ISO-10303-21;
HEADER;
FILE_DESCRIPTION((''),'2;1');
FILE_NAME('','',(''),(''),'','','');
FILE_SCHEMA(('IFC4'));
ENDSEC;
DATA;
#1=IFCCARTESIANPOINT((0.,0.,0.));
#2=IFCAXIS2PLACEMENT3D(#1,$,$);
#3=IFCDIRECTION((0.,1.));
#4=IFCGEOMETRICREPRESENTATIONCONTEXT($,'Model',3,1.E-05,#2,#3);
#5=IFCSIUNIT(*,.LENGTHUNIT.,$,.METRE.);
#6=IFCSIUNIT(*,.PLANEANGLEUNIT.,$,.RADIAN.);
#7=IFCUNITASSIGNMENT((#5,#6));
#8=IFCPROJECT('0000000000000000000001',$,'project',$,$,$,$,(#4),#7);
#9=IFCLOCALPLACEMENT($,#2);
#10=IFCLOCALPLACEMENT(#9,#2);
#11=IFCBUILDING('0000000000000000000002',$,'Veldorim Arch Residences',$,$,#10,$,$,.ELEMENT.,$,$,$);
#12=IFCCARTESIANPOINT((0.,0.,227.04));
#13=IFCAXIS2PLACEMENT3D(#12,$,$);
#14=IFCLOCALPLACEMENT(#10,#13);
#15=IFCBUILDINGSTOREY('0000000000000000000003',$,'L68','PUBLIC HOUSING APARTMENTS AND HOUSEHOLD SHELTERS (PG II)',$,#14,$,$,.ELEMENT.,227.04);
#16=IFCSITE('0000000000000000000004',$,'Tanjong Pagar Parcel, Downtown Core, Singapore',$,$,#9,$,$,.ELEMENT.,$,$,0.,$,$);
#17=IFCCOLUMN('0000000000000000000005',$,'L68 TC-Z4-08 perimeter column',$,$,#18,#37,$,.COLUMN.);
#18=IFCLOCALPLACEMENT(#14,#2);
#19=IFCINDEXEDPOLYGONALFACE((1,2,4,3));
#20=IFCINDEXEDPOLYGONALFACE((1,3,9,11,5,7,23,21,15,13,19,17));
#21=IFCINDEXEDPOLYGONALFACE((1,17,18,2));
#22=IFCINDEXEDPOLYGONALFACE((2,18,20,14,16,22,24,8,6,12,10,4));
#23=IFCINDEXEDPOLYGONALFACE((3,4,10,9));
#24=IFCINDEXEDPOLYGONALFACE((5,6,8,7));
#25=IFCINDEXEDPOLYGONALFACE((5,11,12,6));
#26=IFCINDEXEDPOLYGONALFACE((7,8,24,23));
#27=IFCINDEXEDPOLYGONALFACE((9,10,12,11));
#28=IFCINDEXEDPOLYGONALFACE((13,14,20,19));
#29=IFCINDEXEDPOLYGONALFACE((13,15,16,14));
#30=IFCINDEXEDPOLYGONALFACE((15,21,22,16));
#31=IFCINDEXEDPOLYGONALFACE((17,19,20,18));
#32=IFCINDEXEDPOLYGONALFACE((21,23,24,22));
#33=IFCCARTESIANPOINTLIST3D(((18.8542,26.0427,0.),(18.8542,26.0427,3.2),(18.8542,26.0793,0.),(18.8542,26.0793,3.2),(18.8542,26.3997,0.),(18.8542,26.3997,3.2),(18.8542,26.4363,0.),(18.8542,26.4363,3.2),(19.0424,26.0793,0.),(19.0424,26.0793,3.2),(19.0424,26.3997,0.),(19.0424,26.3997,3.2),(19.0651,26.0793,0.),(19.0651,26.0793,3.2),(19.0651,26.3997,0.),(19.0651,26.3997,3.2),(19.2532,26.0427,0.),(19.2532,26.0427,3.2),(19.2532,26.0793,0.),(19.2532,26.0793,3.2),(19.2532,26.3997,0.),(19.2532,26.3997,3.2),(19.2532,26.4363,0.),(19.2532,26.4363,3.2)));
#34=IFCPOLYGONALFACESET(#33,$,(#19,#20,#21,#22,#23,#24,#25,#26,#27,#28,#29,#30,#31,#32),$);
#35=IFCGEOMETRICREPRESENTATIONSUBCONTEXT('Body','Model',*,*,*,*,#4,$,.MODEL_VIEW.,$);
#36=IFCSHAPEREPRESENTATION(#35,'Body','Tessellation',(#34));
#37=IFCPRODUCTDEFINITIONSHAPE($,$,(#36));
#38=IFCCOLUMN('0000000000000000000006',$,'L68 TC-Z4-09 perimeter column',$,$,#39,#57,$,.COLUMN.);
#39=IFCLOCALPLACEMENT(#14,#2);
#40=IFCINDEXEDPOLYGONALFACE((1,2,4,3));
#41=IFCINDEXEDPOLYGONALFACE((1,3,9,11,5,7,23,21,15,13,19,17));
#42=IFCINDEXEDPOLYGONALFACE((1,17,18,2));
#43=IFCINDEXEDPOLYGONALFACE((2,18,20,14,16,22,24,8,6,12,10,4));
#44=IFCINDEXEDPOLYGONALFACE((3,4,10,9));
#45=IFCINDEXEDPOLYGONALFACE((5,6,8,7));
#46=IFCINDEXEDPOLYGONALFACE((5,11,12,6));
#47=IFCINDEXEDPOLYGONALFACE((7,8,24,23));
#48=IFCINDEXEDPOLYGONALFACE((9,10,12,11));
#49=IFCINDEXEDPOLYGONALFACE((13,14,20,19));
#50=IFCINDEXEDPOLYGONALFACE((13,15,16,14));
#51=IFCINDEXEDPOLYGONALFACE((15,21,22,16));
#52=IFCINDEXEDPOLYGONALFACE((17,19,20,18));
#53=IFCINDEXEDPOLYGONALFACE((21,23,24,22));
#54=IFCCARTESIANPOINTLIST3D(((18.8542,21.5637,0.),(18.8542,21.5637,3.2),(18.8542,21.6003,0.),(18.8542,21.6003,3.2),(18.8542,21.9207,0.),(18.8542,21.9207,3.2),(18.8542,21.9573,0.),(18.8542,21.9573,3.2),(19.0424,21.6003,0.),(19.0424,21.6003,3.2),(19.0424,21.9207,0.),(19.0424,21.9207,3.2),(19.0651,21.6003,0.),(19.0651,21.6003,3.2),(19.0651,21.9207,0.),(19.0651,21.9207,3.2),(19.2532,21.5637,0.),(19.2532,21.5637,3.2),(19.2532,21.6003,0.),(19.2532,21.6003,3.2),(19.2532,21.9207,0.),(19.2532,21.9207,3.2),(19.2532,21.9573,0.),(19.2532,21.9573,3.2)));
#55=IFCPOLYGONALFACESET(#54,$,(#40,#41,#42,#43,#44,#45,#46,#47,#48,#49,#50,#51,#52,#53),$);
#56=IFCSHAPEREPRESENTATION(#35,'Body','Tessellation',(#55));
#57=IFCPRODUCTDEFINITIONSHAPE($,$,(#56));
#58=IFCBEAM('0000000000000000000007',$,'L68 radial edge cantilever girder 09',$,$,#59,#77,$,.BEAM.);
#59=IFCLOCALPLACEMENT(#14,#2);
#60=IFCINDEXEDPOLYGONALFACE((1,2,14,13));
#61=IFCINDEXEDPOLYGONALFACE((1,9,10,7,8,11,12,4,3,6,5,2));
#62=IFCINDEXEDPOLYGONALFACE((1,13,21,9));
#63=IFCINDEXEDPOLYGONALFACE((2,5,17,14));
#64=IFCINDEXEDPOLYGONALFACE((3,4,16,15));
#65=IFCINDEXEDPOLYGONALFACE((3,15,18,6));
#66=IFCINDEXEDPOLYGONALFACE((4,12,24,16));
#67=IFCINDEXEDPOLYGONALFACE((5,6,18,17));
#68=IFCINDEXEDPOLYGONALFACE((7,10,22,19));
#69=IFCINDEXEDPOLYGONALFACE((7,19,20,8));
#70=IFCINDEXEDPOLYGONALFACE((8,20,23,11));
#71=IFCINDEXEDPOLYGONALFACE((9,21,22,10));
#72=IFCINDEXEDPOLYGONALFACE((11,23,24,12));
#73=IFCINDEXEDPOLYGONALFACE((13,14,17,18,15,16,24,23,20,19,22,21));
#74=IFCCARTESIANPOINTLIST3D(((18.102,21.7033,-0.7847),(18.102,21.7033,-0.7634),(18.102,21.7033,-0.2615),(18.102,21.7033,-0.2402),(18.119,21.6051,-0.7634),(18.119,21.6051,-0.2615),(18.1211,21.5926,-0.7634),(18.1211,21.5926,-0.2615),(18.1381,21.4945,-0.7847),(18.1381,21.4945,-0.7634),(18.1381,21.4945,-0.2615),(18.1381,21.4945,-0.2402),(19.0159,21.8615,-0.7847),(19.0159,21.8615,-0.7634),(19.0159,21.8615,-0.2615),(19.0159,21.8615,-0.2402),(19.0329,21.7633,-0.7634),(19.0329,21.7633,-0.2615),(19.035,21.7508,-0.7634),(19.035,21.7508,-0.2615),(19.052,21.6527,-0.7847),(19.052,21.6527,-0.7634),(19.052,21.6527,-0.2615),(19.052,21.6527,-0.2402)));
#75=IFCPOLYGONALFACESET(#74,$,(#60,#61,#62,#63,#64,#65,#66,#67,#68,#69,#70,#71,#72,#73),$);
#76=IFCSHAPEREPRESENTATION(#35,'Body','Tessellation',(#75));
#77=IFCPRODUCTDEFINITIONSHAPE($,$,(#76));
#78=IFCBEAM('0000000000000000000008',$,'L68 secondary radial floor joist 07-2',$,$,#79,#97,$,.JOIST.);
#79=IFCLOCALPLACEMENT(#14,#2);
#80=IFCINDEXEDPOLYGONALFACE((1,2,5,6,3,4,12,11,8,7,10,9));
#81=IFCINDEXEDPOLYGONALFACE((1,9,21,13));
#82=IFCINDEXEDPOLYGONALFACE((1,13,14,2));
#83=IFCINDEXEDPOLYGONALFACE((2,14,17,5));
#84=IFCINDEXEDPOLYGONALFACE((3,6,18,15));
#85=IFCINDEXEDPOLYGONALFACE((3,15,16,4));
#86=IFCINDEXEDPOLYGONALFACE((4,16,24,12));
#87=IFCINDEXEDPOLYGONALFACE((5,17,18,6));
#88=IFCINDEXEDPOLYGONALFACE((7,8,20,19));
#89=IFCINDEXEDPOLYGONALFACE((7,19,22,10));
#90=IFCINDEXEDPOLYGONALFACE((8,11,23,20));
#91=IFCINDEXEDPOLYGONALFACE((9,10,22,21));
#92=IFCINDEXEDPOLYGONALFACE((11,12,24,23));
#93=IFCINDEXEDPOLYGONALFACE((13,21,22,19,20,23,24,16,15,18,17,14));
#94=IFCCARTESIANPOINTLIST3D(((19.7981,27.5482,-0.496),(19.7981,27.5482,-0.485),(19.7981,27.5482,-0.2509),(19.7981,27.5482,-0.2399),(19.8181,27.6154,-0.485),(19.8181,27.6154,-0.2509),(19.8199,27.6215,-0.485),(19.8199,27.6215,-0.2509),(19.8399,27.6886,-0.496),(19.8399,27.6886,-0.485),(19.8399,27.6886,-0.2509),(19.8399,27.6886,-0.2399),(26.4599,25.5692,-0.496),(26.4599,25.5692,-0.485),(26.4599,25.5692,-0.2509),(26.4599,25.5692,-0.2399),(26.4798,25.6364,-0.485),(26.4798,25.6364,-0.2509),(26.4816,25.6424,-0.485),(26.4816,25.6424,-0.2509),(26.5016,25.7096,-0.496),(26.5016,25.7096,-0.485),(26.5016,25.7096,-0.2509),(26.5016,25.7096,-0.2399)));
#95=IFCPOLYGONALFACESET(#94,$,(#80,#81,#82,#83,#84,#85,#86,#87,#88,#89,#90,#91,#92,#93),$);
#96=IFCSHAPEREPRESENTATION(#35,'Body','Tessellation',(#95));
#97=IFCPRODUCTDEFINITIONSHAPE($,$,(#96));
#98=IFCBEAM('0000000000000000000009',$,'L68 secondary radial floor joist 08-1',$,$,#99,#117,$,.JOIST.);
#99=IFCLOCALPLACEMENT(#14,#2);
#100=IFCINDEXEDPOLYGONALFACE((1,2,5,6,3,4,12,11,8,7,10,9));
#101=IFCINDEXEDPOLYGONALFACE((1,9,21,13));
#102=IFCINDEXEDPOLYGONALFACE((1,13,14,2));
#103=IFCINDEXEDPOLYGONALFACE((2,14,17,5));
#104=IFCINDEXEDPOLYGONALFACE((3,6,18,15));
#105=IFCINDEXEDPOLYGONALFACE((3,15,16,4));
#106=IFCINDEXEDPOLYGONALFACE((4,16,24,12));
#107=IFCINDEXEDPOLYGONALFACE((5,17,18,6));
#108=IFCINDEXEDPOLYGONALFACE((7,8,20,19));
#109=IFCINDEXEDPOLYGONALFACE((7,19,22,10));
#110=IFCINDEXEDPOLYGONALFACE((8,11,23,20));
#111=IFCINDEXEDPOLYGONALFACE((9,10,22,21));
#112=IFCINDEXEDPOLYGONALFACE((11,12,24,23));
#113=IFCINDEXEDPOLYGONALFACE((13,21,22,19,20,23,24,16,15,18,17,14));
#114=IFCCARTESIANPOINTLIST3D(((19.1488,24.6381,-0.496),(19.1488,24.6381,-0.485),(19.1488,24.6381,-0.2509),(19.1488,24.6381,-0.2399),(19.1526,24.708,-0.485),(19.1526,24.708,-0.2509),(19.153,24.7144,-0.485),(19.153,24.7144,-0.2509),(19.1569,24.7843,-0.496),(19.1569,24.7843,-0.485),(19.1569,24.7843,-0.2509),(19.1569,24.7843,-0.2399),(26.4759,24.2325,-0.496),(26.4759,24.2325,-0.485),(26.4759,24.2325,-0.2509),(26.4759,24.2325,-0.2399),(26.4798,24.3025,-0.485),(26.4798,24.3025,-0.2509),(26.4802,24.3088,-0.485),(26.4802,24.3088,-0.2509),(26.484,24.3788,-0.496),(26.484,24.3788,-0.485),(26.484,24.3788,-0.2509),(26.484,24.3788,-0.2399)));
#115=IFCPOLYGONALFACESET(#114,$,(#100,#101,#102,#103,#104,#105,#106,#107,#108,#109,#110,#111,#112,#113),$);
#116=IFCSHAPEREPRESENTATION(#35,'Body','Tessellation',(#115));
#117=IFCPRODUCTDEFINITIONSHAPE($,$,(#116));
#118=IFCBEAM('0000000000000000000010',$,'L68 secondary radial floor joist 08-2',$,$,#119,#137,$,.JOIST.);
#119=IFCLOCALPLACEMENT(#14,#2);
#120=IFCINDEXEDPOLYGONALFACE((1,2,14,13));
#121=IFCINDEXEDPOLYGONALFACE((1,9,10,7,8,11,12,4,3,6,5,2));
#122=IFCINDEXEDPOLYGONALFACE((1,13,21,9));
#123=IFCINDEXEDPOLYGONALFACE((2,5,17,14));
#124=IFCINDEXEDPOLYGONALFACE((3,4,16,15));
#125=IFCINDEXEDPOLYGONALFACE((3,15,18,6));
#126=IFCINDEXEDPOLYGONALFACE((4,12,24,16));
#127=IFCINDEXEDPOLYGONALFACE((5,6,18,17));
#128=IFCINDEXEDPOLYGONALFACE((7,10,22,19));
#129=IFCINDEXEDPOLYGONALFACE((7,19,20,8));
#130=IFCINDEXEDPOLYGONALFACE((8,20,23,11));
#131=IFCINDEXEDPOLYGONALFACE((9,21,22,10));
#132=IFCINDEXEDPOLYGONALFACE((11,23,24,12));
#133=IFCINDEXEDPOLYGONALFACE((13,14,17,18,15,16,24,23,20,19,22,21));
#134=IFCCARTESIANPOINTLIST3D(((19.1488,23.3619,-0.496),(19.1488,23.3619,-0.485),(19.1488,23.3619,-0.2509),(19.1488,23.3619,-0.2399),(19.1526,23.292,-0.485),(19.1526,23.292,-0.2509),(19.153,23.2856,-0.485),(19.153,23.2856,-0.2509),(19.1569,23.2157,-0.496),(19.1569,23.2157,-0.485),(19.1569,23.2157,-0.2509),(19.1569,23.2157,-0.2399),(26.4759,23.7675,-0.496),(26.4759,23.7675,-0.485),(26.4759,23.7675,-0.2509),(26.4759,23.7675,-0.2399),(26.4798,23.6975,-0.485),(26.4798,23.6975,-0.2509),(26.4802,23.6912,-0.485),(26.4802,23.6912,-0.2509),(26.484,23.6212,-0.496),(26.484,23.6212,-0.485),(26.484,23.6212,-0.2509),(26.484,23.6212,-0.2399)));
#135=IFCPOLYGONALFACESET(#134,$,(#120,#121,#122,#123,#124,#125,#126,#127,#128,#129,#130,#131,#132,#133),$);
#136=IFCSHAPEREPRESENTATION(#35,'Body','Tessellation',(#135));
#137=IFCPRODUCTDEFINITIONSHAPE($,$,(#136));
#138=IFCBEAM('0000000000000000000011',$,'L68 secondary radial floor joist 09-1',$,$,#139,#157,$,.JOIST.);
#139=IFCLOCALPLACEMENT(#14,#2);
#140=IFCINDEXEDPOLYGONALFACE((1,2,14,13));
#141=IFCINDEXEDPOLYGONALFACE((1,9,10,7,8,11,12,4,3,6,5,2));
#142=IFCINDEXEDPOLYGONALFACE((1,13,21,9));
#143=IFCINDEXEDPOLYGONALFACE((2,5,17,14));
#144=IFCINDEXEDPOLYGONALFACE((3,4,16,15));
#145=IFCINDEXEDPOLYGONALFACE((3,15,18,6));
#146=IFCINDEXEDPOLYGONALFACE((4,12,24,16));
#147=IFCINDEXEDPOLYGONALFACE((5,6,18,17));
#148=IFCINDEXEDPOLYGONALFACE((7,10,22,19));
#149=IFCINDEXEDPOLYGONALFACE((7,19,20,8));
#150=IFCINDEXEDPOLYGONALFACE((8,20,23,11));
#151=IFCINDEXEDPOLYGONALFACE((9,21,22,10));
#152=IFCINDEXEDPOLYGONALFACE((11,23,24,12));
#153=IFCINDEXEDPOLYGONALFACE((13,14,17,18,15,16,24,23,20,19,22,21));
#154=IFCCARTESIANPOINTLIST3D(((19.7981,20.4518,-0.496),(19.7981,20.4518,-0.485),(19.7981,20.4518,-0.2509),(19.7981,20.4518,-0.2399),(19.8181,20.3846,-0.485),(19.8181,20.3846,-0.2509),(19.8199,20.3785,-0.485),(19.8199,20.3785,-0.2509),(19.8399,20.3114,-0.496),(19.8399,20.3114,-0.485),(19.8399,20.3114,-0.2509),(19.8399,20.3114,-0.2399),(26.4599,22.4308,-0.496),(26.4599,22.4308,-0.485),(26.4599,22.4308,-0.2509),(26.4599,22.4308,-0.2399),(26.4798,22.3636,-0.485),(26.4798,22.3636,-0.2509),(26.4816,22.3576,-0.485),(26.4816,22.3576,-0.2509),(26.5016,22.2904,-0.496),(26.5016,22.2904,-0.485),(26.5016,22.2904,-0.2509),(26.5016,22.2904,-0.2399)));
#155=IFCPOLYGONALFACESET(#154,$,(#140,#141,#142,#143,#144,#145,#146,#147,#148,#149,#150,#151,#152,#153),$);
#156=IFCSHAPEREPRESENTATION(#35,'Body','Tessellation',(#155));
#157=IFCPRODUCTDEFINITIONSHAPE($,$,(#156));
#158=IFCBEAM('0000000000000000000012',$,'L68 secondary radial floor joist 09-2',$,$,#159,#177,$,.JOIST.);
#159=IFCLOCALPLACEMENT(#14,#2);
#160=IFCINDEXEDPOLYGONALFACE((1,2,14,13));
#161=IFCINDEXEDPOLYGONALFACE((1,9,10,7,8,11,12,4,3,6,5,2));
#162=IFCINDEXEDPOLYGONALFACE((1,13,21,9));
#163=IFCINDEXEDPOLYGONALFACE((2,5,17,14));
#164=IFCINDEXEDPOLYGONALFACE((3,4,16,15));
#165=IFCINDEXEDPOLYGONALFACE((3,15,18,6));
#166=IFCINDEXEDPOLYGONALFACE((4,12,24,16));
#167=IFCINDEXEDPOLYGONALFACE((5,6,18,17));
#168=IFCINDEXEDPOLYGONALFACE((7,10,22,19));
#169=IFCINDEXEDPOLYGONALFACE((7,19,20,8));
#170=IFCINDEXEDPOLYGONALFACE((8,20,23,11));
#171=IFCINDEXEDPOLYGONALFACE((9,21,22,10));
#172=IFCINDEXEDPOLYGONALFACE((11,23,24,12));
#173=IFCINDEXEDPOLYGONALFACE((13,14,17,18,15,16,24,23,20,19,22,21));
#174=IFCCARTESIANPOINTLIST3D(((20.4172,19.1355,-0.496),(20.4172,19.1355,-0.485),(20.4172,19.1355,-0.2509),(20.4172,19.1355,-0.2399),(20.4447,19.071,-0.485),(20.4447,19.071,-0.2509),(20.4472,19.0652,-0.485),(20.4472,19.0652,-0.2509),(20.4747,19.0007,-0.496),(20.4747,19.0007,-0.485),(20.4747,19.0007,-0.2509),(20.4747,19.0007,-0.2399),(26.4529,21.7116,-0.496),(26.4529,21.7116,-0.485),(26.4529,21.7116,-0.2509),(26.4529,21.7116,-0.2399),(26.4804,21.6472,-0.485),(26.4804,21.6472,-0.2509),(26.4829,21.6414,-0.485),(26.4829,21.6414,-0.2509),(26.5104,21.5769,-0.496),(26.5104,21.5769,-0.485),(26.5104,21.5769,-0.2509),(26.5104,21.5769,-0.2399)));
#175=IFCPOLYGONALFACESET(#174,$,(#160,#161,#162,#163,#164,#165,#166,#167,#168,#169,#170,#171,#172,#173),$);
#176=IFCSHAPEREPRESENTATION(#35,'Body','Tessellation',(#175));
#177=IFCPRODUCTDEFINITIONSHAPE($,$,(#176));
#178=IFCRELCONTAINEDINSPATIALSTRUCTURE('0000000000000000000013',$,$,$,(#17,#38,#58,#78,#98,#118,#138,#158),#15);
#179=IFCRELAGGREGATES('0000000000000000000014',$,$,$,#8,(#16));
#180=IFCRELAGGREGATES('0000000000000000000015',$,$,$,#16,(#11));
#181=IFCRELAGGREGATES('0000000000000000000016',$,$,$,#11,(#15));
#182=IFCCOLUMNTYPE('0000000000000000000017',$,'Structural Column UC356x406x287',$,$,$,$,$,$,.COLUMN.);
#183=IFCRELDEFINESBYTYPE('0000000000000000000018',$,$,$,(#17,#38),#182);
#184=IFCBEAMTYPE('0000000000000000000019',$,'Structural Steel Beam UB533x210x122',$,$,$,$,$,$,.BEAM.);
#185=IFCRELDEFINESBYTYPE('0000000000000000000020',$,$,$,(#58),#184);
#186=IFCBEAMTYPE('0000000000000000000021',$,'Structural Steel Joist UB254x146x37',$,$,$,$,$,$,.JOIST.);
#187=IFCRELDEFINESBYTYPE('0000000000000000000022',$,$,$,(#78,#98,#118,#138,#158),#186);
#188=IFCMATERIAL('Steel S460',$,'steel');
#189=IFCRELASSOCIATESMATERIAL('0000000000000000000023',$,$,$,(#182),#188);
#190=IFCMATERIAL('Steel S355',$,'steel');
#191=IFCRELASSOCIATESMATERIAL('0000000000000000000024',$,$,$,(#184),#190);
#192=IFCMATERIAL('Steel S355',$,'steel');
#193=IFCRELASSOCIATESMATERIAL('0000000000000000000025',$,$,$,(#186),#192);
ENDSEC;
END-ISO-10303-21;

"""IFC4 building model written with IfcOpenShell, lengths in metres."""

from ifc_helpers import new_model, si_unit, direction, frame, origin, origin_2d, place, context, subcontext, project, spatial, i_section, extrude, material, material_profile, profile_set, type_object, element, save


model = new_model("IFC4")

# Units and contexts
model_context = context("Model", 3, precision=1e-05, world=origin(), true_north=direction((0.0, 1.0)))
body_context = subcontext(model_context, "Body", "Model", "MODEL_VIEW")
ifc_project = project(units=[si_unit("LENGTHUNIT", "METRE"), si_unit("PLANEANGLEUNIT", "RADIAN")], contexts=[model_context])

# Site, building, storey
site_placement = place(None, origin())
site = spatial("IfcSite", under=ifc_project, at=site_placement, Name="Tanjong Pagar Parcel, Downtown Core, Singapore", CompositionType="ELEMENT", RefElevation=0.0)
building_placement = place(site_placement, origin())
building = spatial("IfcBuilding", under=site, at=building_placement, Name="Veldorim Arch Residences", CompositionType="ELEMENT")
storey_placement = place(building_placement, frame((0.0, 0.0, 227.04)))
storey = spatial("IfcBuildingStorey", under=building, at=storey_placement, Name="L68", Description="PUBLIC HOUSING APARTMENTS AND HOUSEHOLD SHELTERS (PG II)", CompositionType="ELEMENT", Elevation=227.04)

# Columns
ifc_material_1 = material(Name="Steel S460", Category="steel")
ifc_material_profile_1 = material_profile(ifc_material_1, i_section(OverallWidth=0.3989, OverallDepth=0.3936, WebThickness=0.0227, FlangeThickness=0.0366, at=origin_2d()), Name="UC356x406x287")
ifc_profile_set_1 = profile_set([ifc_material_profile_1], Name="Steel S460")
column_type = type_object("IfcColumnType", Name="Structural Column UC356x406x287", PredefinedType="COLUMN", material=ifc_profile_set_1)
for number, where, z_axis, x_axis, name in (
    (1, (19.0537, 26.2395, 0.0), (0.0, 0.0, 1.0), (1.0, 0.0, 0.0), "L68 TC-Z4-08 perimeter column"),
    (2, (19.0537, 21.7605, 0.0), (0.0, 0.0, 1.0), (1.0, 0.0, 0.0), "L68 TC-Z4-09 perimeter column"),
):
    element("IfcColumn", number, at=place(storey_placement, frame(where, z_axis=z_axis, x_axis=x_axis)), inside=storey, type_object=column_type, Name=name, PredefinedType="COLUMN", context=body_context, shape_type="SweptSolid", body=[
        extrude(i_section(OverallWidth=0.3989, OverallDepth=0.3936, WebThickness=0.0227, FlangeThickness=0.0366, at=origin_2d()), origin(), (0.0, 0.0, 1.0), 3.2),
    ])

# Beams
ifc_material_2 = material(Name="Steel S355", Category="steel")
ifc_material_profile_2 = material_profile(ifc_material_2, i_section(OverallWidth=0.2119, OverallDepth=0.5444, WebThickness=0.0127, FlangeThickness=0.0212, at=origin_2d()), Name="UB533x210x122")
ifc_profile_set_2 = profile_set([ifc_material_profile_2], Name="Steel S355")
beam_type_1 = type_object("IfcBeamType", Name="Structural Steel Beam UB533x210x122", PredefinedType="BEAM", material=ifc_profile_set_2)
beam_1_placement = place(storey_placement, frame((19.0339, 21.7571, -0.5125), z_axis=(-0.985343, -0.170586, 0.0), x_axis=(0.170586, -0.985343, 0.0)))
element("IfcBeam", 3, at=beam_1_placement, inside=storey, type_object=beam_type_1, Name="L68 radial edge cantilever girder 09", PredefinedType="BEAM", context=body_context, shape_type="SweptSolid", body=[
    extrude(i_section(OverallWidth=0.2119, OverallDepth=0.5444, WebThickness=0.0127, FlangeThickness=0.0212, at=origin_2d()), origin(), (0.0, 0.0, 1.0), 0.9275),
])
ifc_material_3 = material(Name="Steel S355", Category="steel")
ifc_material_profile_3 = material_profile(ifc_material_3, i_section(OverallWidth=0.1465, OverallDepth=0.2561, WebThickness=0.0063, FlangeThickness=0.011, at=origin_2d()), Name="UB254x146x37")
ifc_profile_set_3 = profile_set([ifc_material_profile_3], Name="Steel S355")
beam_type_2 = type_object("IfcBeamType", Name="Structural Steel Joist UB254x146x37", PredefinedType="JOIST", material=ifc_profile_set_3)
beam_2_placement = place(storey_placement, frame((26.4807, 25.6394, -0.3679), z_axis=(-0.958594, 0.284775, 0.0), x_axis=(-0.284775, -0.958594, 0.0)))
element("IfcBeam", 4, at=beam_2_placement, inside=storey, type_object=beam_type_2, Name="L68 secondary radial floor joist 07-2", PredefinedType="JOIST", context=body_context, shape_type="SweptSolid", body=[
    extrude(i_section(OverallWidth=0.1465, OverallDepth=0.2561, WebThickness=0.0063, FlangeThickness=0.011, at=origin_2d()), origin(), (0.0, 0.0, 1.0), 6.9495),
])
for number, where, z_axis, x_axis, name in (
    (5, (26.48, 24.3057, -0.3679), (-0.998472, 0.05526, 0.0), (-0.05526, -0.998472, 0.0), "L68 secondary radial floor joist 08-1"),
    (6, (26.48, 23.6943, -0.3679), (-0.998472, -0.05526, 0.0), (0.05526, -0.998472, 0.0), "L68 secondary radial floor joist 08-2"),
):
    element("IfcBeam", number, at=place(storey_placement, frame(where, z_axis=z_axis, x_axis=x_axis)), inside=storey, type_object=beam_type_2, Name=name, PredefinedType="JOIST", context=body_context, shape_type="SweptSolid", body=[
        extrude(i_section(OverallWidth=0.1465, OverallDepth=0.2561, WebThickness=0.0063, FlangeThickness=0.011, at=origin_2d()), origin(), (0.0, 0.0, 1.0), 7.3384),
    ])
beam_3_placement = place(storey_placement, frame((26.4807, 22.3606, -0.3679), z_axis=(-0.958594, -0.284775, 0.0), x_axis=(0.284775, -0.958594, 0.0)))
element("IfcBeam", 7, at=beam_3_placement, inside=storey, type_object=beam_type_2, Name="L68 secondary radial floor joist 09-1", PredefinedType="JOIST", context=body_context, shape_type="SweptSolid", body=[
    extrude(i_section(OverallWidth=0.1465, OverallDepth=0.2561, WebThickness=0.0063, FlangeThickness=0.011, at=origin_2d()), origin(), (0.0, 0.0, 1.0), 6.9495),
])
beam_4_placement = place(storey_placement, frame((26.4817, 21.6443, -0.3679), z_axis=(-0.919725, -0.392563, 0.0), x_axis=(0.392563, -0.919725, 0.0)))
element("IfcBeam", 8, at=beam_4_placement, inside=storey, type_object=beam_type_2, Name="L68 secondary radial floor joist 09-2", PredefinedType="JOIST", context=body_context, shape_type="SweptSolid", body=[
    extrude(i_section(OverallWidth=0.1465, OverallDepth=0.2561, WebThickness=0.0063, FlangeThickness=0.011, at=origin_2d()), origin(), (0.0, 0.0, 1.0), 6.5625),
])

save(model, "model.ifc")
